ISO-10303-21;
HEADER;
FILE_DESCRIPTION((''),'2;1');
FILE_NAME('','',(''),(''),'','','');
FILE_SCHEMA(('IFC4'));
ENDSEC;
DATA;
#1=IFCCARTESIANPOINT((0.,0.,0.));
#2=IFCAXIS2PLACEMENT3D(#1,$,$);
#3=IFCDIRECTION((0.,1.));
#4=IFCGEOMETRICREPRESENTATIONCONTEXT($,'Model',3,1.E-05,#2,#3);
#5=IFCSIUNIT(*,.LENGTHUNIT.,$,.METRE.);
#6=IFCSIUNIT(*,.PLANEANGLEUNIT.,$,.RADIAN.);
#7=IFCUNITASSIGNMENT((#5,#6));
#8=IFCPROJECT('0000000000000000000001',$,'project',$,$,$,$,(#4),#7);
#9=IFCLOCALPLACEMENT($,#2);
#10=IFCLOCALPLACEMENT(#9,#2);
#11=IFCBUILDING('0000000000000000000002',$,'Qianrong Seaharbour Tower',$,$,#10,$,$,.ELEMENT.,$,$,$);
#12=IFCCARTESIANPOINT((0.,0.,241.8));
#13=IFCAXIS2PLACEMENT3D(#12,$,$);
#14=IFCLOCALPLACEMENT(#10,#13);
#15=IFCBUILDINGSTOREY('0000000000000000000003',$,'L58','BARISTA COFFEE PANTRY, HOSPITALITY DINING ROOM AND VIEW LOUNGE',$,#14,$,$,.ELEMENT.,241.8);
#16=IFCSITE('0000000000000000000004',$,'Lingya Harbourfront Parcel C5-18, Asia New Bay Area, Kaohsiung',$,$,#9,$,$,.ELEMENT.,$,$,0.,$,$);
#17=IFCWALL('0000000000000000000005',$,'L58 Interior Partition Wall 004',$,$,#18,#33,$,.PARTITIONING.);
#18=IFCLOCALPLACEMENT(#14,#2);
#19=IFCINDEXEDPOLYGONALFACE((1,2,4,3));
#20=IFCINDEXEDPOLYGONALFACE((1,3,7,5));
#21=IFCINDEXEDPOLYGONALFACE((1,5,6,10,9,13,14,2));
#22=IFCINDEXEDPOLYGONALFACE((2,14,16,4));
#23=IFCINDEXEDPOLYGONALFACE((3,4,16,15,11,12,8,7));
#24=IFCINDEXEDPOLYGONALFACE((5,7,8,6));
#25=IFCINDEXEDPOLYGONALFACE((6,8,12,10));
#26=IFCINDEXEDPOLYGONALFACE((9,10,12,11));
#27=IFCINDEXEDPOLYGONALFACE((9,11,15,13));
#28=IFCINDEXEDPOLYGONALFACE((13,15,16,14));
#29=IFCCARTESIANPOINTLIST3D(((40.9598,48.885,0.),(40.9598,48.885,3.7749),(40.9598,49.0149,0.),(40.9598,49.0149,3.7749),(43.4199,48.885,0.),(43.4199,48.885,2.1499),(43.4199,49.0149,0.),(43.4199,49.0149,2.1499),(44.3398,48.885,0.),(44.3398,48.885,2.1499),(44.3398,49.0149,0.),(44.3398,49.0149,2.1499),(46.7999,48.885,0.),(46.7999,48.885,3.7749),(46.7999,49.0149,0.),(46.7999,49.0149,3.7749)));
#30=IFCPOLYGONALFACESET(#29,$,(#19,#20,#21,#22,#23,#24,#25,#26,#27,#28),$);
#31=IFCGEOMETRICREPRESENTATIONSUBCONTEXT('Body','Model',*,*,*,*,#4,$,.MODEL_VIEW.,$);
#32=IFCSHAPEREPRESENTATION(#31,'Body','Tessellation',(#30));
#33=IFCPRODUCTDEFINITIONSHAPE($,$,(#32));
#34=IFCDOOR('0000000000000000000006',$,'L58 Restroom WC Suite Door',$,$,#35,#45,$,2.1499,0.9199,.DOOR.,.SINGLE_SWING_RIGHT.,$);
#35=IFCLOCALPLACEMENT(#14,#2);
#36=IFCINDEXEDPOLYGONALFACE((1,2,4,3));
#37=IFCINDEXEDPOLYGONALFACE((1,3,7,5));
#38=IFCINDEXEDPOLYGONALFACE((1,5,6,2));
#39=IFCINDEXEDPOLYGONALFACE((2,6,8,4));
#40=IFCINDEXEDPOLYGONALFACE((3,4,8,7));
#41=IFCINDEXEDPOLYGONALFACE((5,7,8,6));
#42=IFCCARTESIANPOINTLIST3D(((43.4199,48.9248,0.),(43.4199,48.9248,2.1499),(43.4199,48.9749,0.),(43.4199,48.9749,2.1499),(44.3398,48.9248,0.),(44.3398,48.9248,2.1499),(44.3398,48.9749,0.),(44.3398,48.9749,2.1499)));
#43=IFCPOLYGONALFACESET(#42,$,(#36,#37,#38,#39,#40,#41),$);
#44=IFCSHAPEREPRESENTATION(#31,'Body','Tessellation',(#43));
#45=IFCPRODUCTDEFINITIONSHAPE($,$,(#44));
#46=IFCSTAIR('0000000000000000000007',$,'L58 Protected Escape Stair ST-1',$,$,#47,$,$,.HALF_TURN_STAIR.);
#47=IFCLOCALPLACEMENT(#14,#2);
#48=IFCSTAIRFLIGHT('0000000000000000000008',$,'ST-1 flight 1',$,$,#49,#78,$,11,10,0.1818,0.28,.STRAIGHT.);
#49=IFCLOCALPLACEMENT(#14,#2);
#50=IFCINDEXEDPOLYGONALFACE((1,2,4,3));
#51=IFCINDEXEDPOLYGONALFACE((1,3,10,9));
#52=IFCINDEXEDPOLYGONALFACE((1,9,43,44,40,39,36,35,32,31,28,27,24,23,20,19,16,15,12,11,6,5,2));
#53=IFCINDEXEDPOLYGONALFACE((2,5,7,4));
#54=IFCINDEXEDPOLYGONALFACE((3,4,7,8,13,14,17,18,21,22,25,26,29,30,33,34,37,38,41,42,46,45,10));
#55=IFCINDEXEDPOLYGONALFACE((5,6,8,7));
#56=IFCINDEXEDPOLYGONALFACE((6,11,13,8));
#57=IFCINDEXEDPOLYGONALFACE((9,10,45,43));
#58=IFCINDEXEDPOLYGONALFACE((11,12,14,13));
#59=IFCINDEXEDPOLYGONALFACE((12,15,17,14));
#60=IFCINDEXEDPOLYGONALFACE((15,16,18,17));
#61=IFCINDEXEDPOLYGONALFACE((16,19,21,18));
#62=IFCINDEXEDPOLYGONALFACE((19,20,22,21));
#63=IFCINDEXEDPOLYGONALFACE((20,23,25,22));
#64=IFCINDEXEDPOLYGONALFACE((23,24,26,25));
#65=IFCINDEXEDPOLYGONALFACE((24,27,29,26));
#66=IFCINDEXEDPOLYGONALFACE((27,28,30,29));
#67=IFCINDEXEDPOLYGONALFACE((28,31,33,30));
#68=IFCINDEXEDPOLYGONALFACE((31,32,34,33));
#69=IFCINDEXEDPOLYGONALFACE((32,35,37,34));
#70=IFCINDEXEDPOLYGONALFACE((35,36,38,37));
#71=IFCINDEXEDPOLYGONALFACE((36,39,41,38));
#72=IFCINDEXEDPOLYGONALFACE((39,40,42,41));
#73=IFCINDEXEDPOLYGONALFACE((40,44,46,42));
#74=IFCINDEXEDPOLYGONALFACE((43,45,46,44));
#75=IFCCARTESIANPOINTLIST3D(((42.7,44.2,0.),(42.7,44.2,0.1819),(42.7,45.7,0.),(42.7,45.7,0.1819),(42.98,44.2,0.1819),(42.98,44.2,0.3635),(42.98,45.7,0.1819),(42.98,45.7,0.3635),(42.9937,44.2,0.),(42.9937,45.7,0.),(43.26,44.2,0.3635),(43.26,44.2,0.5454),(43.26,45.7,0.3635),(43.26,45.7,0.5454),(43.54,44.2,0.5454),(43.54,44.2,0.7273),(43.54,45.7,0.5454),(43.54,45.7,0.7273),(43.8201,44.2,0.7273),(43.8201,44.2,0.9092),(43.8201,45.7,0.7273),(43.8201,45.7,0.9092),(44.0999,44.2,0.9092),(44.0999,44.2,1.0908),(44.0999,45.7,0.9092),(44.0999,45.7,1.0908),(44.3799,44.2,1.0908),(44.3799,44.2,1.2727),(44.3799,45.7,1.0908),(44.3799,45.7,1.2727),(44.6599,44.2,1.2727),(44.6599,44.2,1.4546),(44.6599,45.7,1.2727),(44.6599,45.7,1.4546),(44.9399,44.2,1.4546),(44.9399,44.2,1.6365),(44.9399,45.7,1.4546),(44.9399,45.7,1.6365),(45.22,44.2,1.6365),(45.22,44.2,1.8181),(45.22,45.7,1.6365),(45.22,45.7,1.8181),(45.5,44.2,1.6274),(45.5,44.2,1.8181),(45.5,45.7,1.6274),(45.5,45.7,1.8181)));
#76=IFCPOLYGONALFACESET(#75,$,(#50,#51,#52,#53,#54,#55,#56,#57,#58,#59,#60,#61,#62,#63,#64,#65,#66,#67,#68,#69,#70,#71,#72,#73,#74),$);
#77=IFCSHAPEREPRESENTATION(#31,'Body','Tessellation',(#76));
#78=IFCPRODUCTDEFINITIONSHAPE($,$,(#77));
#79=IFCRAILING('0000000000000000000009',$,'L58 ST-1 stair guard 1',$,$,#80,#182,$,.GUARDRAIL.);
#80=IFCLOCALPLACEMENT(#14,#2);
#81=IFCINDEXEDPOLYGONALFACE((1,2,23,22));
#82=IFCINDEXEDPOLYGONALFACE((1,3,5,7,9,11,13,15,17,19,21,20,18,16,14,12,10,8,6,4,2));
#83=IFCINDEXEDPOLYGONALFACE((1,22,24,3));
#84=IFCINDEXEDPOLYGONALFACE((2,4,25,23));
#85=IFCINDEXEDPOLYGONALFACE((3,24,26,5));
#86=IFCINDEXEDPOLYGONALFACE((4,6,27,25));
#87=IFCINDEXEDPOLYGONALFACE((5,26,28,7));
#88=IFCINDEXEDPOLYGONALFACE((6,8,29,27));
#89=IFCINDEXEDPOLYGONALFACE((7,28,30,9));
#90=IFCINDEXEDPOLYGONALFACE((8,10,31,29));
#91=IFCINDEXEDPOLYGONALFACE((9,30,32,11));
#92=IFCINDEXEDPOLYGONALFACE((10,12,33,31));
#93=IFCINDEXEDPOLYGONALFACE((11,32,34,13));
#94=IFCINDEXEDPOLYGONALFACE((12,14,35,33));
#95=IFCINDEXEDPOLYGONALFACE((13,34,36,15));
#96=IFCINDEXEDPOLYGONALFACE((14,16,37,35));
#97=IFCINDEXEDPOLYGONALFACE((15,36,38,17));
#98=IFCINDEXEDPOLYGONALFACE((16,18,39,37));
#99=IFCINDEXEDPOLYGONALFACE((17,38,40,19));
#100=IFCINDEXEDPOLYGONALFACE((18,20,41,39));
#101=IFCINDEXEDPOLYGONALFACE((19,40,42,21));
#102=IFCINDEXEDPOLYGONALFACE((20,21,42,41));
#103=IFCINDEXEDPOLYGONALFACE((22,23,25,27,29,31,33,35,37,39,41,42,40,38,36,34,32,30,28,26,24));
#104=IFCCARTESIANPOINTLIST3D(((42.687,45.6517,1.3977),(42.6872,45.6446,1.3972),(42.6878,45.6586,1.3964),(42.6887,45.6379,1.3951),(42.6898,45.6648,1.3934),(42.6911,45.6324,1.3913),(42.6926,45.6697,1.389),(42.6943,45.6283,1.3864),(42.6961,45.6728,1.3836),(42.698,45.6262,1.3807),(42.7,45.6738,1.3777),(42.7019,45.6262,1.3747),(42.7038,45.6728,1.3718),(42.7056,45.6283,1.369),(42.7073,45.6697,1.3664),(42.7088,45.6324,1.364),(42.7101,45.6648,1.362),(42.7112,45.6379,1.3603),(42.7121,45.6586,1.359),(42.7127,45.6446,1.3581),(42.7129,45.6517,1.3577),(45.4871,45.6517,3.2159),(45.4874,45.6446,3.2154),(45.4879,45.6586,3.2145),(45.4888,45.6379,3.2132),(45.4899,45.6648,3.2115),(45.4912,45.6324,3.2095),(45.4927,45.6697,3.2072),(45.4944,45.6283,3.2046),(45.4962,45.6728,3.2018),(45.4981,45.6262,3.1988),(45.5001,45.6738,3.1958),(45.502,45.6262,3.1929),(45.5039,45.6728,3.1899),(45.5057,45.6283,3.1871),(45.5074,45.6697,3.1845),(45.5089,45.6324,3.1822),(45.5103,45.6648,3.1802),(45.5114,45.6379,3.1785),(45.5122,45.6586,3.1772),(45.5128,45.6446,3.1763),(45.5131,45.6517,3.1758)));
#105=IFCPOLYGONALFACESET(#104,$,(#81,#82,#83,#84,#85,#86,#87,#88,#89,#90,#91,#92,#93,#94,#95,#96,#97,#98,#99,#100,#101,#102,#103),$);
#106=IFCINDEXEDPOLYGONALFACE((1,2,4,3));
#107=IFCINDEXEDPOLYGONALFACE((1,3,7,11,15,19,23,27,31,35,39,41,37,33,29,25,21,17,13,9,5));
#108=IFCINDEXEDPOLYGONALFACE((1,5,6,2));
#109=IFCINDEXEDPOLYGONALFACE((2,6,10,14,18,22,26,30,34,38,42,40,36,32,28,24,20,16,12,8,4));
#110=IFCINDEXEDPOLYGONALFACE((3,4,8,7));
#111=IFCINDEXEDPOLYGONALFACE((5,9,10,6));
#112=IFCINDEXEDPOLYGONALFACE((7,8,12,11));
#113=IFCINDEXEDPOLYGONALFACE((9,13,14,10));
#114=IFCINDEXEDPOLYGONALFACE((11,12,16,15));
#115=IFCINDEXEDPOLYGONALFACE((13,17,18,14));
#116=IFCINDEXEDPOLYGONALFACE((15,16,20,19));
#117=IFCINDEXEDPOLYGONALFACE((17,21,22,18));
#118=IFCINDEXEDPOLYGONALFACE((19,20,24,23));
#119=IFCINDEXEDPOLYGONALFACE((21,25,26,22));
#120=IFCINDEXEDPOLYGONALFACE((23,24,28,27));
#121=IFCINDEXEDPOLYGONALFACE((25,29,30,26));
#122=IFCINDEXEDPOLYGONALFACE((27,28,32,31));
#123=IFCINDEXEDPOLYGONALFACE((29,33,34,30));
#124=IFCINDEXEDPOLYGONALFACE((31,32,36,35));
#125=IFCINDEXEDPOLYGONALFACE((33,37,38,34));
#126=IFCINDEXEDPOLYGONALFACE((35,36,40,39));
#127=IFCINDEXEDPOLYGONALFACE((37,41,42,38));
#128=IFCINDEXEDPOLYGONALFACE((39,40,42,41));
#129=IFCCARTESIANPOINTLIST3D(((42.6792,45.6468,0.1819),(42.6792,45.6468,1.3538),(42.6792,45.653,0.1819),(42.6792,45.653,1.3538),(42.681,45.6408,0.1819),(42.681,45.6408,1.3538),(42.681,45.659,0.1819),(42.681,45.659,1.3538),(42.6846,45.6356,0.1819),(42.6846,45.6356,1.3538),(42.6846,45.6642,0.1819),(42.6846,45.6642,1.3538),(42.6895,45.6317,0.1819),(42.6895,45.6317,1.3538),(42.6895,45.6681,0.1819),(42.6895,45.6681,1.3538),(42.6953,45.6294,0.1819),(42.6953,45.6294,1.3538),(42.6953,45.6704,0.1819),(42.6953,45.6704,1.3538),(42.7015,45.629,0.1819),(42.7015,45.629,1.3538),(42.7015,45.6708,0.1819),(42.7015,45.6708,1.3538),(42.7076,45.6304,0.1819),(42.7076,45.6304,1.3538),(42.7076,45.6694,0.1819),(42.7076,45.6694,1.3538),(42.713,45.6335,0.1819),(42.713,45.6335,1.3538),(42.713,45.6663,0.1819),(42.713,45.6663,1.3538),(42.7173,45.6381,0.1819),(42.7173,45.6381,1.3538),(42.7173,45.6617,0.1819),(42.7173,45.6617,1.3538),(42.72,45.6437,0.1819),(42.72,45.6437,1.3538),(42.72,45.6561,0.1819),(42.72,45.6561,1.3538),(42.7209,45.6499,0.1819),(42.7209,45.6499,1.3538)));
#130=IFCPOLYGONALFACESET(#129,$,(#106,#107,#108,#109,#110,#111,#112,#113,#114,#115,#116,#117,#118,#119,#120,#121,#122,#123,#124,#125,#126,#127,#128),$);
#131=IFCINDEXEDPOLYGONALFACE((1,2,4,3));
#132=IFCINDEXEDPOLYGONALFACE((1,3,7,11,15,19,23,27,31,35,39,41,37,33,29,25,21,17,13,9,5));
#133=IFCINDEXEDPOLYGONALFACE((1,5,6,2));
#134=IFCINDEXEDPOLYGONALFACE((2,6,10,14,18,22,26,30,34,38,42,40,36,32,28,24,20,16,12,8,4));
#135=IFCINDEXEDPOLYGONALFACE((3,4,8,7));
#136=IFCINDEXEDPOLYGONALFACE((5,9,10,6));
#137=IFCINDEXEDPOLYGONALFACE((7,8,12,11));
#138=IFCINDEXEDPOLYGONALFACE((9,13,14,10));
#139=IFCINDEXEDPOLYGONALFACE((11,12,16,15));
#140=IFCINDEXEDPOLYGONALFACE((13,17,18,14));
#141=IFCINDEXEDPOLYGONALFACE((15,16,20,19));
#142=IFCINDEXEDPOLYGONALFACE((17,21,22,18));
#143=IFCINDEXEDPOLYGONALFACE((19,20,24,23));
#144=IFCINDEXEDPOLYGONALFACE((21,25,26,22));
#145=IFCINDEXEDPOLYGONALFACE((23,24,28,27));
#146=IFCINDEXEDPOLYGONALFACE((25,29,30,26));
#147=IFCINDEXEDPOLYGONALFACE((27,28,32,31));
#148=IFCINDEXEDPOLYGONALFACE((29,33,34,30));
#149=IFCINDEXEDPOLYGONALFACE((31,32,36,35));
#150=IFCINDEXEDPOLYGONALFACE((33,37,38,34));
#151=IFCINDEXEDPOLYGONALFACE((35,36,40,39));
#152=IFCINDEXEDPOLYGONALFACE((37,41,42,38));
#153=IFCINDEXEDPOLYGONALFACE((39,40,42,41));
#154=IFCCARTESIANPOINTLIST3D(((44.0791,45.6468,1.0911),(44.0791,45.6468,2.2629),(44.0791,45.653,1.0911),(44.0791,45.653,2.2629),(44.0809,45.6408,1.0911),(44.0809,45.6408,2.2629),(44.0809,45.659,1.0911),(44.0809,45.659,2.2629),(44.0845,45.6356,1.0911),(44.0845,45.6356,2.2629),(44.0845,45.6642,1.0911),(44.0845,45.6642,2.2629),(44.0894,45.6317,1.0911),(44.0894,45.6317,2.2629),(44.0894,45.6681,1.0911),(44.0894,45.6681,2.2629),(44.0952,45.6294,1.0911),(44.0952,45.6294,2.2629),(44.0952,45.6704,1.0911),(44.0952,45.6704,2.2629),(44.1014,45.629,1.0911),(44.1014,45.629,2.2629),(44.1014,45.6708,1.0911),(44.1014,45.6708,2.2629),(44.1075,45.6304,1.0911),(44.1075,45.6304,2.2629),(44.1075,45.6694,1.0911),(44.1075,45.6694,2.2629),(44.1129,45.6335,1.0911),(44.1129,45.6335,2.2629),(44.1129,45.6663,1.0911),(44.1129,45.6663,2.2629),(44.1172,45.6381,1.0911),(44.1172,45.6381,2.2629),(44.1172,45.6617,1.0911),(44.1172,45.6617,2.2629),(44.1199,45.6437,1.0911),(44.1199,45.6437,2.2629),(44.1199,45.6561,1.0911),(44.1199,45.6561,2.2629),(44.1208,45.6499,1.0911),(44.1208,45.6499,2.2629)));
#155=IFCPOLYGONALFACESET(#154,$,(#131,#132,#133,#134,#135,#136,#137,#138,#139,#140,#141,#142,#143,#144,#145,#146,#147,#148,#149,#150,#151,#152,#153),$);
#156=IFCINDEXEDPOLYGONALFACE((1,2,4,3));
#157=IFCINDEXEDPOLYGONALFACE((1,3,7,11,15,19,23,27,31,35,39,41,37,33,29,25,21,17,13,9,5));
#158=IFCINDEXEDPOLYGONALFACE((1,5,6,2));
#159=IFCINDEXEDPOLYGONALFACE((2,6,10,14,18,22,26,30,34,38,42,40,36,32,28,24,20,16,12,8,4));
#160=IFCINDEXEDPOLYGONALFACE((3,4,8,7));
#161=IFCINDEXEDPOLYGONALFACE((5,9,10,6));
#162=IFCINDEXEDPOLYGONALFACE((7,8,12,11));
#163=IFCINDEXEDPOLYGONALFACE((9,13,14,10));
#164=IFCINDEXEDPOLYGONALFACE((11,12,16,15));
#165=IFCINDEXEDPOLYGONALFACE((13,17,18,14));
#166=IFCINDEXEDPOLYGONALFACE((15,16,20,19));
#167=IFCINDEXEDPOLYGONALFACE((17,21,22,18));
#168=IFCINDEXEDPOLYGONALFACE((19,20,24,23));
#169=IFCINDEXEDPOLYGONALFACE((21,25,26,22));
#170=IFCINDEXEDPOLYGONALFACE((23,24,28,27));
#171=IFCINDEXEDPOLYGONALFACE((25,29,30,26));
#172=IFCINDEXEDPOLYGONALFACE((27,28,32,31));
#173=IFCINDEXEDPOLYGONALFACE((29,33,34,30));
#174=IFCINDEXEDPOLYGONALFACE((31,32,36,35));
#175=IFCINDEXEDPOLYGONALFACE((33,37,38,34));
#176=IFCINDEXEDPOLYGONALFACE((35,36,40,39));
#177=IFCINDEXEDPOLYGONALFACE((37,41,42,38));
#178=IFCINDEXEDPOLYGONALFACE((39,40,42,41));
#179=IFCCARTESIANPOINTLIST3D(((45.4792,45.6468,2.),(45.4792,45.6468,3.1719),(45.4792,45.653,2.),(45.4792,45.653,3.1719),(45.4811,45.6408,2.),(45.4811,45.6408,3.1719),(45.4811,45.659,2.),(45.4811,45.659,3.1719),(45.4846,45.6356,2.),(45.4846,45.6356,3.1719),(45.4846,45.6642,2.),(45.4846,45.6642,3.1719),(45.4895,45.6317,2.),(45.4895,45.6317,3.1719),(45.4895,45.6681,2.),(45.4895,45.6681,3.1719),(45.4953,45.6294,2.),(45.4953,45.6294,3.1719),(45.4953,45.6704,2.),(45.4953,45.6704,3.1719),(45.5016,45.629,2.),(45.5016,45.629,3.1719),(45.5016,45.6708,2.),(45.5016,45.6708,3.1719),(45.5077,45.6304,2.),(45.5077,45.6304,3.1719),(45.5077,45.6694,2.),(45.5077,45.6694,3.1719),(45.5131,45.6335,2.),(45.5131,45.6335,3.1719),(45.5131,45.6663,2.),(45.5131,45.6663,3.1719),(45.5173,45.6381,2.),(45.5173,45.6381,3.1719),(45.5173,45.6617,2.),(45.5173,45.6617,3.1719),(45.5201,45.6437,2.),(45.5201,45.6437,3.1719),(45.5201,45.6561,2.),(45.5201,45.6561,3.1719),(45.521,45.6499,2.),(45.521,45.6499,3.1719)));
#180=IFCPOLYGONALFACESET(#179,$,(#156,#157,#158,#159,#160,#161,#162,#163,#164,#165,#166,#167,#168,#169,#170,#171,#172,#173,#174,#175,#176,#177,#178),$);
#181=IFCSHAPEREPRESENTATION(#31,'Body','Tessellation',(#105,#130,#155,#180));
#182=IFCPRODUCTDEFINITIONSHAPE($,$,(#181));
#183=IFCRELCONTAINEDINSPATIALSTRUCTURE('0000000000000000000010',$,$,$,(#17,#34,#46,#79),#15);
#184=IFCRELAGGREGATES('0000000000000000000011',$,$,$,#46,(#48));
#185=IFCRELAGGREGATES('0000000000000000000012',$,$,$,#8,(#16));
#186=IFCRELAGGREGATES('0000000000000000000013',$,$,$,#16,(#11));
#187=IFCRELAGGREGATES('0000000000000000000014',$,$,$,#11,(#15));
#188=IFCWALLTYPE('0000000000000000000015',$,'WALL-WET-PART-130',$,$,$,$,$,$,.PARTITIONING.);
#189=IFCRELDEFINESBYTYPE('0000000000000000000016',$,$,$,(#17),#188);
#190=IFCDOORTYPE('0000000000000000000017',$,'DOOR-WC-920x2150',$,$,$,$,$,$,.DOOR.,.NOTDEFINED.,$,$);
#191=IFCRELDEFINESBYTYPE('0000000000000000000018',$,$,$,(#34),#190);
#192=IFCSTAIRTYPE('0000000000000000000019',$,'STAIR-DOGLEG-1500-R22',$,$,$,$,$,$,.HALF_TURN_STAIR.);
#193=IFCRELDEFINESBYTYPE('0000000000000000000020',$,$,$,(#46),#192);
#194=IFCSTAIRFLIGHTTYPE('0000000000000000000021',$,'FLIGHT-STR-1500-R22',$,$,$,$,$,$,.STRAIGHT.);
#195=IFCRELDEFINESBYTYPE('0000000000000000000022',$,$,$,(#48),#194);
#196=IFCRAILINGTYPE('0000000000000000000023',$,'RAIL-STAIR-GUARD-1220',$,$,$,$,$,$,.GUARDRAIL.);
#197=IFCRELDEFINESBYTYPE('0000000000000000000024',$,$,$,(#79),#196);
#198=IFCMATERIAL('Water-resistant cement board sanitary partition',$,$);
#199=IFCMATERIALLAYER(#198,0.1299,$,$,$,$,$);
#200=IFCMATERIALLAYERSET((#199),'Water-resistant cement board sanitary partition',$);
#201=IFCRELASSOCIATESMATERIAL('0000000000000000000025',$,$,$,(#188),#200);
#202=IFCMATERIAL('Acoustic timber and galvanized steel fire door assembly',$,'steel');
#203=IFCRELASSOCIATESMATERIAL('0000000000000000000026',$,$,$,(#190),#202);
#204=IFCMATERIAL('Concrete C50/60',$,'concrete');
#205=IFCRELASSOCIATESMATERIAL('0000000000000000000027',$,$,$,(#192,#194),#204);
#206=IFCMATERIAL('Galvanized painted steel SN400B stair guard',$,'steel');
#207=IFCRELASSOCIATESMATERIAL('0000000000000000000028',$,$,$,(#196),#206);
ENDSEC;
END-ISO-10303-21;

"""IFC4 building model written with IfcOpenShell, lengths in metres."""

from ifc_helpers import new_model, si_unit, direction, frame, frame_2d, origin, origin_2d, place, context, subcontext, project, spatial, polyline, rectangle, circle, outline, extrude, material, layer, layer_set, type_object, element, fill, aggregate, save


model = new_model("IFC4")

# Units and contexts
model_context = context("Model", 3, precision=1e-05, world=origin(), true_north=direction((0.0, 1.0)))
body_context = subcontext(model_context, "Body", "Model", "MODEL_VIEW")
ifc_project = project(units=[si_unit("LENGTHUNIT", "METRE"), si_unit("PLANEANGLEUNIT", "RADIAN")], contexts=[model_context])

# Site, building, storey
site_placement = place(None, origin())
site = spatial("IfcSite", under=ifc_project, at=site_placement, Name="Lingya Harbourfront Parcel C5-18, Asia New Bay Area, Kaohsiung", CompositionType="ELEMENT", RefElevation=0.0)
building_placement = place(site_placement, origin())
building = spatial("IfcBuilding", under=site, at=building_placement, Name="Qianrong Seaharbour Tower", CompositionType="ELEMENT")
storey_placement = place(building_placement, frame((0.0, 0.0, 241.8)))
storey = spatial("IfcBuildingStorey", under=building, at=storey_placement, Name="L58", Description="BARISTA COFFEE PANTRY, HOSPITALITY DINING ROOM AND VIEW LOUNGE", CompositionType="ELEMENT", Elevation=241.8)

# Shared definitions
ifc_material_1 = material(Name="Concrete C50/60", Category="concrete")

# Wall, opening, door
ifc_material_2 = material(Name="Acoustic timber and galvanized steel fire door assembly", Category="steel")
ifc_material_3 = material(Name="Water-resistant cement board sanitary partition")
ifc_layer_1 = layer(ifc_material_3, 0.1299)
ifc_layer_set_1 = layer_set([ifc_layer_1], Name="Water-resistant cement board sanitary partition")
wall_type_1 = type_object("IfcWallType", Name="WALL-WET-PART-130", PredefinedType="PARTITIONING", material=ifc_layer_set_1)
wall_1_placement = place(storey_placement, frame((40.96, 48.95, 0.0), z_axis=(0.0, 0.0, 1.0), x_axis=(1.0, 0.0, 0.0)))
wall_1 = element("IfcWall", 1, at=wall_1_placement, inside=storey, type_object=wall_type_1, Name="L58 Interior Partition Wall 004", PredefinedType="PARTITIONING", context=body_context, shape_type="SweptSolid", body=[
    extrude(rectangle(XDim=5.8401, YDim=0.1299, at=frame_2d((2.9199, 0.0))), origin(), (0.0, 0.0, 1.0), 3.7749),
])
opening_1_placement = place(wall_1_placement, frame((2.46, 0.0, 0.0)))
opening_1 = element("IfcOpeningElement", 2, at=opening_1_placement, cuts=wall_1, PredefinedType="OPENING", context=body_context, shape_type="SweptSolid", body=[
    extrude(rectangle(XDim=0.9199, YDim=2.1499, at=frame_2d((0.46, 1.075))), frame((0.0, 0.075, 0.0), z_axis=(0.0, -1.0, 0.0), x_axis=(1.0, 0.0, 0.0)), (0.0, 0.0, 1.0), 0.1499),
])
door_type_1 = type_object("IfcDoorType", Name="DOOR-WC-920x2150", OperationType="NOTDEFINED", PredefinedType="DOOR", material=ifc_material_2)
door_1_placement = place(opening_1_placement, origin())
door_1 = element("IfcDoor", 3, at=door_1_placement, inside=storey, type_object=door_type_1, Name="L58 Restroom WC Suite Door", OperationType="SINGLE_SWING_RIGHT", OverallHeight=2.1499, OverallWidth=0.9199, PredefinedType="DOOR", context=body_context, shape_type="SweptSolid", body=[
    extrude(rectangle(XDim=0.9199, YDim=2.1499, at=frame_2d((0.46, 1.075))), frame((0.0, 0.0249, 0.0), z_axis=(0.0, -1.0, 0.0), x_axis=(1.0, 0.0, 0.0)), (0.0, 0.0, 1.0), 0.05),
])
fill(opening_1, door_1)

# Stair, stair flight
stair_type = type_object("IfcStairType", Name="STAIR-DOGLEG-1500-R22", PredefinedType="HALF_TURN_STAIR", material=ifc_material_1)
stair_placement = place(storey_placement, origin())
stair = element("IfcStair", 4, at=stair_placement, inside=storey, type_object=stair_type, Name="L58 Protected Escape Stair ST-1", PredefinedType="HALF_TURN_STAIR")
stair_flight_type = type_object("IfcStairFlightType", Name="FLIGHT-STR-1500-R22", PredefinedType="STRAIGHT", material=ifc_material_1)
stair_flight_placement = place(storey_placement, frame((42.7, 44.95, 0.0), z_axis=(0.0, 0.0, 1.0), x_axis=(1.0, 0.0, 0.0)))
stair_flight = element("IfcStairFlight", 5, at=stair_flight_placement, type_object=stair_flight_type, Name="ST-1 flight 1", NumberOfRisers=11, NumberOfTreads=10, PredefinedType="STRAIGHT", RiserHeight=0.1818, TreadLength=0.28, context=body_context, shape_type="SweptSolid", body=[
    extrude(outline(polyline([(0.0, 0.0), (0.0, 0.1819), (0.28, 0.1819), (0.28, 0.3635), (0.5601, 0.3635), (0.5601, 0.5454), (0.8401, 0.5454), (0.8401, 0.7273), (1.1201, 0.7273), (1.1201, 0.9092), (1.3999, 0.9092), (1.3999, 1.0908), (1.6799, 1.0908), (1.6799, 1.2727), (1.96, 1.2727), (1.96, 1.4546), (2.24, 1.4546), (2.24, 1.6365), (2.52, 1.6365), (2.52, 1.8181), (2.8, 1.8181), (2.8, 2.0), (2.8, 1.6274), (0.2937, 0.0), (0.0, 0.0)])), frame((0.0, 0.75, 0.0), z_axis=(0.0, -1.0, 0.0), x_axis=(1.0, 0.0, 0.0)), (0.0, 0.0, 1.0), 1.5),
])
aggregate(stair, [stair_flight])

# Railing
ifc_material_4 = material(Name="Galvanized painted steel SN400B stair guard", Category="steel")
railing_type = type_object("IfcRailingType", Name="RAIL-STAIR-GUARD-1220", PredefinedType="GUARDRAIL", material=ifc_material_4)
railing_1_placement = place(storey_placement, frame((42.7, 45.6499, 0.1819)))
element("IfcRailing", 6, at=railing_1_placement, inside=storey, type_object=railing_type, Name="L58 ST-1 stair guard 1", PredefinedType="GUARDRAIL", context=body_context, shape_type="SweptSolid", body=[
    extrude(circle(Radius=0.0239, at=origin_2d()), frame((0.0, 0.0, 1.1958), z_axis=(0.838706, 0.0, 0.544585), x_axis=(0.0, 1.0, 0.0)), (0.0, 0.0, 1.0), 3.3386),
    extrude(circle(Radius=0.021, at=origin_2d()), origin(), (0.0, 0.0, 1.0), 1.1719),
    extrude(circle(Radius=0.021, at=origin_2d()), frame((1.3999, 0.0, 0.9092)), (0.0, 0.0, 1.0), 1.1719),
    extrude(circle(Radius=0.021, at=origin_2d()), frame((2.8, 0.0, 1.8181)), (0.0, 0.0, 1.0), 1.1719),
])

save(model, "model.ifc")
